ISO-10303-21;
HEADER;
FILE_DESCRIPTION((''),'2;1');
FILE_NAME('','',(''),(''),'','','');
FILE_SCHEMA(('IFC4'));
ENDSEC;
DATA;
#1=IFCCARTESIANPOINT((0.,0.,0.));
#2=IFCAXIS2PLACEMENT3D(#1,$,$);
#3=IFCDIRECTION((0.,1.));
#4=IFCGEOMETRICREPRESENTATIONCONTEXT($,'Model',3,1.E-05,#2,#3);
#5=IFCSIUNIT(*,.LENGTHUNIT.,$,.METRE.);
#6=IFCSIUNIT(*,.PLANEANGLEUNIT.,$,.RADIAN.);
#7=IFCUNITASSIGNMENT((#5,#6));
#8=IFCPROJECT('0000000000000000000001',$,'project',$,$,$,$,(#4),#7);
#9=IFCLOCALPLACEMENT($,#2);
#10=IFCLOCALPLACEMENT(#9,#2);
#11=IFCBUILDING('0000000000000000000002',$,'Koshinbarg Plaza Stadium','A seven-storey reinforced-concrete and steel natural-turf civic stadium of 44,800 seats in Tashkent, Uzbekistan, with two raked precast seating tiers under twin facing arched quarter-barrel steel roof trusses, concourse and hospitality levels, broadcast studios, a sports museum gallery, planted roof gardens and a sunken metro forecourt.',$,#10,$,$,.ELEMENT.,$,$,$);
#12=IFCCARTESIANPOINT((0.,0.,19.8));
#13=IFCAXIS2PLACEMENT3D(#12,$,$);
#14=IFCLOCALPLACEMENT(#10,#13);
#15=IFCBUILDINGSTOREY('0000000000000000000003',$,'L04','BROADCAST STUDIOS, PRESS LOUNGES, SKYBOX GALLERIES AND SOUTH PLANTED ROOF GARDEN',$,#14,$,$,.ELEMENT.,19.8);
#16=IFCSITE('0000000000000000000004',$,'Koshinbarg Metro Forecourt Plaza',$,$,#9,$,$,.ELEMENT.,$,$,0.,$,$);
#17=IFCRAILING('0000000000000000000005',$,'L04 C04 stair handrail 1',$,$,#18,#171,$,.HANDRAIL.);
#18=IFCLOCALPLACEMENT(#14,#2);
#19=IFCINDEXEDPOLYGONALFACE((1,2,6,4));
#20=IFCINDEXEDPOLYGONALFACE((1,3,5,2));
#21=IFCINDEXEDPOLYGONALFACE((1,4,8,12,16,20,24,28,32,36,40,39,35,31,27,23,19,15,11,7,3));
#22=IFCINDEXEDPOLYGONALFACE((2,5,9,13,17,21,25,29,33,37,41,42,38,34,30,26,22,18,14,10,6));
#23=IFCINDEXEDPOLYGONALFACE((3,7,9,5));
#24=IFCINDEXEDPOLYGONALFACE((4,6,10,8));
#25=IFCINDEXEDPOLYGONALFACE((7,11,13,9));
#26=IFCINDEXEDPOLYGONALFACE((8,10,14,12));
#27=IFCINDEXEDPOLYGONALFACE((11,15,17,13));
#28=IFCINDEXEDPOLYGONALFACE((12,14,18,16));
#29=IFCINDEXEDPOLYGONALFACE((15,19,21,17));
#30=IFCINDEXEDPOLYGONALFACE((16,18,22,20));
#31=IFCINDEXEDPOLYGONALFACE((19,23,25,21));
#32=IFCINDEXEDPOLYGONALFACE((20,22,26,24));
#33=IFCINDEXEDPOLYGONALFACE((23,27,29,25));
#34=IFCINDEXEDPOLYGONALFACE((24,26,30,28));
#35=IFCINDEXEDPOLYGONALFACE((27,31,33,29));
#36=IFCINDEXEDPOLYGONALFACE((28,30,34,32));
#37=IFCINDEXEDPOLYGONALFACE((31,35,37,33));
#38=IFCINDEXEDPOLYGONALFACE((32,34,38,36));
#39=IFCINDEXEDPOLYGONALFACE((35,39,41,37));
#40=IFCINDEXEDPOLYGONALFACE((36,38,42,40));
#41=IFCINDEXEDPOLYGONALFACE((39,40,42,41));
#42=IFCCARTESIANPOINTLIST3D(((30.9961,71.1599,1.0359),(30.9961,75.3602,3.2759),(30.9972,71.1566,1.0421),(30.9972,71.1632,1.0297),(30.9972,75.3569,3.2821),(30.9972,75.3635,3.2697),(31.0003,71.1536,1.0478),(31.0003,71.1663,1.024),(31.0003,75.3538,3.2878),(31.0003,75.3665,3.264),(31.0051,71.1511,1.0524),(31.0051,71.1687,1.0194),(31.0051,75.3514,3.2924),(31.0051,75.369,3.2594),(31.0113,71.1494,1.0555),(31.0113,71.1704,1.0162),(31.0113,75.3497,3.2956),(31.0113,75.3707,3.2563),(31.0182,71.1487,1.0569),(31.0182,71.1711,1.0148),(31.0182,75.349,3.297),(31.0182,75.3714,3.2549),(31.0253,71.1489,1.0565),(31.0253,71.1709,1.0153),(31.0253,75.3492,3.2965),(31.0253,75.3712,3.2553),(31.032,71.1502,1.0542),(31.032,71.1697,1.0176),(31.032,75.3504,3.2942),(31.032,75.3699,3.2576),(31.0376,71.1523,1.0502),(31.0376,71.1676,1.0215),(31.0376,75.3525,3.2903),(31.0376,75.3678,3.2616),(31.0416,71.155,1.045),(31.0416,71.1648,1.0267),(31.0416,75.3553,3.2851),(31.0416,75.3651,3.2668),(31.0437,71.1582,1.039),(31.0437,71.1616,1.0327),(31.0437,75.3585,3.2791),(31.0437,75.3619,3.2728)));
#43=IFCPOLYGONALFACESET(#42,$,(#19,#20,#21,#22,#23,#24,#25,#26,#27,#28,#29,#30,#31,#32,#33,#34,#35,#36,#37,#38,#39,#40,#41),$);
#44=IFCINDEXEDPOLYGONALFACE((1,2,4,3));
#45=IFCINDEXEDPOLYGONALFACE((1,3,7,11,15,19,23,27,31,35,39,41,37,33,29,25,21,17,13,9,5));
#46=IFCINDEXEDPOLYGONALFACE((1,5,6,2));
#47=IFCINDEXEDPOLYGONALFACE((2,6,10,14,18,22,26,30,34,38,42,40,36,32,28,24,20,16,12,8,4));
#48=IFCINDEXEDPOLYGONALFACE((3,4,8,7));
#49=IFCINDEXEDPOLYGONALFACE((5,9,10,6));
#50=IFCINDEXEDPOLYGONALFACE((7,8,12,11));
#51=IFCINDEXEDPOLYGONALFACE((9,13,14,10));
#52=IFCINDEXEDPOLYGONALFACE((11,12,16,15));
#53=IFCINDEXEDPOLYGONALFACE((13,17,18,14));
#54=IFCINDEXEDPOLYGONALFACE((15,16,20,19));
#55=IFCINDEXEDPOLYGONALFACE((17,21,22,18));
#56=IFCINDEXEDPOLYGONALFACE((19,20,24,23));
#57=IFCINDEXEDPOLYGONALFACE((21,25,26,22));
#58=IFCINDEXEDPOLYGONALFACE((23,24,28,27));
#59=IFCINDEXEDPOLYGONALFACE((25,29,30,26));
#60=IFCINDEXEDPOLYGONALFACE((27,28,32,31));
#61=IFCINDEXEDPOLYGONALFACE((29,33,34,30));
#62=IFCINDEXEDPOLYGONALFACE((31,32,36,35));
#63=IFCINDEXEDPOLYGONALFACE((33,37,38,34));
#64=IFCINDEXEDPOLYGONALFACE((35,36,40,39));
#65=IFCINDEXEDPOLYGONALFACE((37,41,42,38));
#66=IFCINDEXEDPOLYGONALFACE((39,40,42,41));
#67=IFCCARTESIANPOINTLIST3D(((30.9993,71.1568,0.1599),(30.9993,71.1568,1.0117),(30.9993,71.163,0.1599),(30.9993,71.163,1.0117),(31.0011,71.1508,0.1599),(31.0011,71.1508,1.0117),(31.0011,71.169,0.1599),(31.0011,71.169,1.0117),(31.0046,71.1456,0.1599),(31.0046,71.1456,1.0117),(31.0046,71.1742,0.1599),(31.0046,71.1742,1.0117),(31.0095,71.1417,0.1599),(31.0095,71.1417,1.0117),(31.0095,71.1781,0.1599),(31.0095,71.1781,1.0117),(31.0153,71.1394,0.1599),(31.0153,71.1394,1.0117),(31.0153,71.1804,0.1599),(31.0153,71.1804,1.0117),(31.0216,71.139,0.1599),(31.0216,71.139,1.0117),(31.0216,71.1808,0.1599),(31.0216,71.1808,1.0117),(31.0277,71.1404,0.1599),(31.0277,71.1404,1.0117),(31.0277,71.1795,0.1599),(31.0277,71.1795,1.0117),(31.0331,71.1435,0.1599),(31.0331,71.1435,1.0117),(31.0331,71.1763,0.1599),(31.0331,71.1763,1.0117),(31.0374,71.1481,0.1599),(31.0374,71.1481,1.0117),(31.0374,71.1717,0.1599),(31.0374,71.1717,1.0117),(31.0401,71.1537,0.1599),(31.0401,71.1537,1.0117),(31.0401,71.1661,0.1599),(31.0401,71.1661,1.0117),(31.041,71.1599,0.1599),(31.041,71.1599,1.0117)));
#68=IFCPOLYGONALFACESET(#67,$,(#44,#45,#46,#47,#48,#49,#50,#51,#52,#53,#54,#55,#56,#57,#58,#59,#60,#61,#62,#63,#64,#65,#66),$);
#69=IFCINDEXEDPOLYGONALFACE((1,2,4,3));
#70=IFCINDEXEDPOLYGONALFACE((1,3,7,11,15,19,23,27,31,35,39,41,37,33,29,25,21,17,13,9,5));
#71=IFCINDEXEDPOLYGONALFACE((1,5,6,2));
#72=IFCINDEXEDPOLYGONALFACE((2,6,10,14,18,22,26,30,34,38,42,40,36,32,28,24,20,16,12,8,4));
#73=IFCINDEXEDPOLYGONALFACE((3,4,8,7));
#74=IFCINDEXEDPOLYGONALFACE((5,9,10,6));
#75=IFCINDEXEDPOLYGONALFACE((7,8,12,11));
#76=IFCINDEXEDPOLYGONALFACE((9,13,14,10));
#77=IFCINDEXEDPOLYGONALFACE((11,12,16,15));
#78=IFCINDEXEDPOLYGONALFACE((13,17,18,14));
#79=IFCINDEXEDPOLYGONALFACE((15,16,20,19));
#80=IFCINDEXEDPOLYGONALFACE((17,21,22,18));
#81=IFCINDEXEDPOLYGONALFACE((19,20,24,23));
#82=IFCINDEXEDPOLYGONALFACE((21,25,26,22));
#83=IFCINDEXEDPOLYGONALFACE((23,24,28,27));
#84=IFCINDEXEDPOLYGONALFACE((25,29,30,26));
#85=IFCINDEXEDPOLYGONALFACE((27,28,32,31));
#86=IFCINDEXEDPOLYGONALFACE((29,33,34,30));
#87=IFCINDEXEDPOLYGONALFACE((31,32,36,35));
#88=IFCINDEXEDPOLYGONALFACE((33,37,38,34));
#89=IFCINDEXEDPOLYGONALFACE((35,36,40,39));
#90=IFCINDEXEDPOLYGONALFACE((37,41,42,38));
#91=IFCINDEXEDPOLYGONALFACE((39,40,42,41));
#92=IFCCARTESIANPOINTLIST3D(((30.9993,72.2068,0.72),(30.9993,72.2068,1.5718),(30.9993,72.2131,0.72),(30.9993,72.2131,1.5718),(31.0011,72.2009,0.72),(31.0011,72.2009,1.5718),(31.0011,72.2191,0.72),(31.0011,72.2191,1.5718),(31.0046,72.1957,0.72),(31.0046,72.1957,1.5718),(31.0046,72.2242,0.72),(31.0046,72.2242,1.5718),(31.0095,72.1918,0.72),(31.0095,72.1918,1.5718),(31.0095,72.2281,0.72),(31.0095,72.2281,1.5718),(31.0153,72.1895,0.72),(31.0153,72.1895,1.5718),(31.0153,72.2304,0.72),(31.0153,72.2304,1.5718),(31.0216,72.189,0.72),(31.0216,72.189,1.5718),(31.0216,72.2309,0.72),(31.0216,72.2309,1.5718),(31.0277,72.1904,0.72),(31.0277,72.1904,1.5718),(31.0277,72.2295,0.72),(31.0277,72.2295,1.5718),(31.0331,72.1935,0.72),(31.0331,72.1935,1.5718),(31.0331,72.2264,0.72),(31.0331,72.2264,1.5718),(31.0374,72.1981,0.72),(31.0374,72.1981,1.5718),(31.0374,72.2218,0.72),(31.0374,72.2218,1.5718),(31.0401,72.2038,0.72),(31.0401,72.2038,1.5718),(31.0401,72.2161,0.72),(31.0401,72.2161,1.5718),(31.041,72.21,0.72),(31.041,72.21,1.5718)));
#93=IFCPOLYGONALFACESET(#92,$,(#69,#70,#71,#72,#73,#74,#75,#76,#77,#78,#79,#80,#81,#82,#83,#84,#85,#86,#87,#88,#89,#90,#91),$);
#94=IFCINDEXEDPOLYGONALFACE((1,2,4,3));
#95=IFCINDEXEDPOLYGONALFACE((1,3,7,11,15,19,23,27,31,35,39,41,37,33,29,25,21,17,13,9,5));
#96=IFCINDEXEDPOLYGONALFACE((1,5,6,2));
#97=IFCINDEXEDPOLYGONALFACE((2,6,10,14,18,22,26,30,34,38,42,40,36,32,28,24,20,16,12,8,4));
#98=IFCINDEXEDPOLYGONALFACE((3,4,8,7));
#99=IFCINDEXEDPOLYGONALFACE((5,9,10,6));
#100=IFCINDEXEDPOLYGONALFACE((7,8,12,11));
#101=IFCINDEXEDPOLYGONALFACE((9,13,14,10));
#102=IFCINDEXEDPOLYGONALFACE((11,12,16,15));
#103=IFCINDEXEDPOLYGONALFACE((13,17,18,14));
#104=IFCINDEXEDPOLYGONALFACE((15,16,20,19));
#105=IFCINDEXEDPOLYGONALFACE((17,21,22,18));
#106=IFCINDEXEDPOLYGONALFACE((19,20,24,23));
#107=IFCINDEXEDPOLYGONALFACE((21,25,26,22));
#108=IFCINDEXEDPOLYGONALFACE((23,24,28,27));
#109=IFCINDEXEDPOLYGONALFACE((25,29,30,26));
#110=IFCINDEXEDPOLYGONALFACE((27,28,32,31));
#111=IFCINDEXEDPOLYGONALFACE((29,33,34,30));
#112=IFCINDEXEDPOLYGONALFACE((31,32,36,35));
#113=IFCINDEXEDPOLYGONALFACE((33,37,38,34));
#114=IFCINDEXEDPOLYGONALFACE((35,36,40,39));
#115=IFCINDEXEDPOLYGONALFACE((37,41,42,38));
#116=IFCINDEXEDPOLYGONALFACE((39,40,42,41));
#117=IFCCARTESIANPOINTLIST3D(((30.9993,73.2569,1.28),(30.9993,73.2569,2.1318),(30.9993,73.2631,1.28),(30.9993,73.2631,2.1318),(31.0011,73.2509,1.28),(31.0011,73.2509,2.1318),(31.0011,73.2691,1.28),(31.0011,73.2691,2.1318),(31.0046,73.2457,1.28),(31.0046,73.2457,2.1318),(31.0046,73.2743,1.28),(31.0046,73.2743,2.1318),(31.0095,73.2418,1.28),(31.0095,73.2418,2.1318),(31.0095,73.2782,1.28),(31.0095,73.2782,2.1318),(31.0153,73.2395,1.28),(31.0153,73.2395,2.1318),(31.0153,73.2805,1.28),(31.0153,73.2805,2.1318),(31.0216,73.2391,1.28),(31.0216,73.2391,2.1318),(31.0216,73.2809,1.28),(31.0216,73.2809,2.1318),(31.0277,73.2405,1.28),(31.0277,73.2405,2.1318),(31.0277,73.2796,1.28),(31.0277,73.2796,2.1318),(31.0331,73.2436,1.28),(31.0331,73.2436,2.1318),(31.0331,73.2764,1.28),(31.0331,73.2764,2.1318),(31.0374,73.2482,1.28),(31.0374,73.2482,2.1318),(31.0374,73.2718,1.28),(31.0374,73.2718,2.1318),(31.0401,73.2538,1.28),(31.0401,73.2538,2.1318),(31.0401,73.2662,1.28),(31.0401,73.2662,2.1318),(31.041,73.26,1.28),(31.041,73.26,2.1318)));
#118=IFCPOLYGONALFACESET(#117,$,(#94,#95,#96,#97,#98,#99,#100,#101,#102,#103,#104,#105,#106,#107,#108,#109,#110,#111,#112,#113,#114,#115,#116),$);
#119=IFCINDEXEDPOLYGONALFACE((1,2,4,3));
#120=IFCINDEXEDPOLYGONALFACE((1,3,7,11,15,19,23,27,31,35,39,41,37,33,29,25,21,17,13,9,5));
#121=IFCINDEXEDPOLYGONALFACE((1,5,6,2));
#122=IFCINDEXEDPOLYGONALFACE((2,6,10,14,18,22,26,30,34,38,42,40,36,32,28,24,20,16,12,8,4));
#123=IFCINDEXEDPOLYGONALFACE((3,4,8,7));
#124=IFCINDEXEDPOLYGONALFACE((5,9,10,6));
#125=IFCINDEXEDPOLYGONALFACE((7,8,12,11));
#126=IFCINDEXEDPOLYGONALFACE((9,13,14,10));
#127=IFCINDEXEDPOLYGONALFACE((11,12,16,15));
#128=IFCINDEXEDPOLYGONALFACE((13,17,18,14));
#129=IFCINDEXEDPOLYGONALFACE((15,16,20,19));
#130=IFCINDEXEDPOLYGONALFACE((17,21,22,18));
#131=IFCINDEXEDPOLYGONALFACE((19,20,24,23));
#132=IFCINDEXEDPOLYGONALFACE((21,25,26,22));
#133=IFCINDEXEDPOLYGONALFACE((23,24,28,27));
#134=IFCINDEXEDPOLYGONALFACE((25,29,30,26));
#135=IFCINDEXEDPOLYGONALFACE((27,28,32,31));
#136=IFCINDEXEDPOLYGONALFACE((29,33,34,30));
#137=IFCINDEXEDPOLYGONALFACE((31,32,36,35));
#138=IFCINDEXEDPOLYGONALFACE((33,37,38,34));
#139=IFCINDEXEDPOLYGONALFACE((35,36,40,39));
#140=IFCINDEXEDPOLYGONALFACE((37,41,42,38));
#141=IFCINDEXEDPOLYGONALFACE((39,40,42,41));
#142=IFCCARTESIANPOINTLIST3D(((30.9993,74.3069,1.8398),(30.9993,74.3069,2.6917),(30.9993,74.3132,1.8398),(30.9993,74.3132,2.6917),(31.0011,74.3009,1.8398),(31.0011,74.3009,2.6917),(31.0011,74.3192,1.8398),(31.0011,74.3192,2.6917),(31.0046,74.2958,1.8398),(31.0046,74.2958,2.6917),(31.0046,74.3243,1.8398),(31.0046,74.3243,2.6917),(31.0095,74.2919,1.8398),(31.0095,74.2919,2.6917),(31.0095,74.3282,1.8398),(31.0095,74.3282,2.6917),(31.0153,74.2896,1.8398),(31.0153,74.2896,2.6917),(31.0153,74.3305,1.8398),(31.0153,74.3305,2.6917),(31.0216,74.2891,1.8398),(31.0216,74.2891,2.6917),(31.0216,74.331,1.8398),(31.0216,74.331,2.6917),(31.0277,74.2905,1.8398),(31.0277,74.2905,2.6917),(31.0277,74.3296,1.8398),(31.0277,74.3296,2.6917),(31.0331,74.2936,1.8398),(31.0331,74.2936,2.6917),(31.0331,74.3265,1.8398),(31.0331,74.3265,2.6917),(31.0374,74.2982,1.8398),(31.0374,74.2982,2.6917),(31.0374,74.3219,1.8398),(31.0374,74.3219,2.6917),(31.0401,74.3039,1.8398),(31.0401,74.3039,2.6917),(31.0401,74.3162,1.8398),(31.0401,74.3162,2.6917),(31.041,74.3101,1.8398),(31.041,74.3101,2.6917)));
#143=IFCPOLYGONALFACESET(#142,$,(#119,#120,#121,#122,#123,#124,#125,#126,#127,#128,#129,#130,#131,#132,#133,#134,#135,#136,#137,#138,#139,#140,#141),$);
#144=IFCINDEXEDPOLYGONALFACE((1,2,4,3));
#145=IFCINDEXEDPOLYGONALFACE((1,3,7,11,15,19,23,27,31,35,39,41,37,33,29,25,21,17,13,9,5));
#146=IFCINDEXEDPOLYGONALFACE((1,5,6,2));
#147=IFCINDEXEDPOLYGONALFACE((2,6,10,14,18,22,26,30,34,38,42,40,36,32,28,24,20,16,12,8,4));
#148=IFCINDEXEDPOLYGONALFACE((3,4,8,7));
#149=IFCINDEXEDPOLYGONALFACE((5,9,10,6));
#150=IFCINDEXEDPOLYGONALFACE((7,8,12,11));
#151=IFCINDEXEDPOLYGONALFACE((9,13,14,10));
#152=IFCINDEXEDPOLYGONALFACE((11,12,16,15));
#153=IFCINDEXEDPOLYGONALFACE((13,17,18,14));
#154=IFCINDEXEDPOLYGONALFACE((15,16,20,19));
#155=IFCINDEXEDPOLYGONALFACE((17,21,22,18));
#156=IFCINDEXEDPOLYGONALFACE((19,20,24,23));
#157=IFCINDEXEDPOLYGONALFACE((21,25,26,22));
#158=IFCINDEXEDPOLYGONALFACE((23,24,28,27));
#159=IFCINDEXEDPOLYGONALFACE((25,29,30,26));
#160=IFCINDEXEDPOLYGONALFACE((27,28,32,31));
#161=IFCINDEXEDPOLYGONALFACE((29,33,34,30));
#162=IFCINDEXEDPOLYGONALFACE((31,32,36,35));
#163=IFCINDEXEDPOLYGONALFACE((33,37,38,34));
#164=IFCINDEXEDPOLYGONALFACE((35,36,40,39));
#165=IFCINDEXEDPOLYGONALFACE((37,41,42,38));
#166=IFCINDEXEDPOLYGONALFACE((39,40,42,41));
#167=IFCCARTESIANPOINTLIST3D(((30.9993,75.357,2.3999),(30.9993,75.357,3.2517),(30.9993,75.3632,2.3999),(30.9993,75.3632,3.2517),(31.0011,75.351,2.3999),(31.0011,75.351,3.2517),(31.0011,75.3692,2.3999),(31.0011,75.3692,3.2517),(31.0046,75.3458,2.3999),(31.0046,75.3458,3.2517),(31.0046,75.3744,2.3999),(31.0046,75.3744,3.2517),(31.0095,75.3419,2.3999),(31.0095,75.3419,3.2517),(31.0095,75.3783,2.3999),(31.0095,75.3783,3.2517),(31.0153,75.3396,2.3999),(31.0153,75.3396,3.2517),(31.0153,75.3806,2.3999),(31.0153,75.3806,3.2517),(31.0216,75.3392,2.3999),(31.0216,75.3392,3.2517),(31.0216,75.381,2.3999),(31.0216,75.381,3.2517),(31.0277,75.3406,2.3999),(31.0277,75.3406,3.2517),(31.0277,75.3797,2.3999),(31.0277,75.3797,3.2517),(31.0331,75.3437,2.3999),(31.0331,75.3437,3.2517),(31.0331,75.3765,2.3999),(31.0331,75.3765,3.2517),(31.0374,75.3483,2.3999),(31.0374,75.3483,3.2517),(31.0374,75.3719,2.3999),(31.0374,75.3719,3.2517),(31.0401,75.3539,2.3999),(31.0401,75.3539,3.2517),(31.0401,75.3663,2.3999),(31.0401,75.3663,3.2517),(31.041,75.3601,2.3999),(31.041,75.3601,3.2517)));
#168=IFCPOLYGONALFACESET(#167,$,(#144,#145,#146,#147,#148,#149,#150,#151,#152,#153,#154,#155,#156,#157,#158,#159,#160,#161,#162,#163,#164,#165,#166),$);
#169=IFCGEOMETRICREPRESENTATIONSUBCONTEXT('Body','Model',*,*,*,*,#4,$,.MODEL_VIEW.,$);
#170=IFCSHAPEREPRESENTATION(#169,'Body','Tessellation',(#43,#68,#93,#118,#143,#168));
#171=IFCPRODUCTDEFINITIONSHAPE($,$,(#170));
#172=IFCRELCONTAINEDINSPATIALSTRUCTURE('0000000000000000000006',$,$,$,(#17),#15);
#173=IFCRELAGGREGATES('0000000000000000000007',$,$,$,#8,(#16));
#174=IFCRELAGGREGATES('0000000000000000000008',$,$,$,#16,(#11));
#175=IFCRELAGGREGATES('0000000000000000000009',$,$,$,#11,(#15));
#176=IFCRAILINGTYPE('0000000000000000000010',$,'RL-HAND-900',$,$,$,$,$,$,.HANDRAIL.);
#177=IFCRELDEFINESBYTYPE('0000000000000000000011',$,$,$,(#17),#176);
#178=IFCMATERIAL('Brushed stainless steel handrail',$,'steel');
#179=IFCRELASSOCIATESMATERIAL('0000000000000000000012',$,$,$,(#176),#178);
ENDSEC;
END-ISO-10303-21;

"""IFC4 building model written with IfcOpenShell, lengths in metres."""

from ifc_helpers import new_model, si_unit, direction, frame, origin, origin_2d, place, context, subcontext, project, spatial, circle, extrude, material, type_object, element, save


model = new_model("IFC4")

# Units and contexts
model_context = context("Model", 3, precision=1e-05, world=origin(), true_north=direction((0.0, 1.0)))
body_context = subcontext(model_context, "Body", "Model", "MODEL_VIEW")
ifc_project = project(units=[si_unit("LENGTHUNIT", "METRE"), si_unit("PLANEANGLEUNIT", "RADIAN")], contexts=[model_context])

# Site, building, storey
site_placement = place(None, origin())
site = spatial("IfcSite", under=ifc_project, at=site_placement, Name="Koshinbarg Metro Forecourt Plaza", CompositionType="ELEMENT", RefElevation=0.0)
building_placement = place(site_placement, origin())
building = spatial("IfcBuilding", under=site, at=building_placement, Name="Koshinbarg Plaza Stadium", Description="A seven-storey reinforced-concrete and steel natural-turf civic stadium of 44,800 seats in Tashkent, Uzbekistan, with two raked precast seating tiers under twin facing arched quarter-barrel steel roof trusses, concourse and hospitality levels, broadcast studios, a sports museum gallery, planted roof gardens and a sunken metro forecourt.", CompositionType="ELEMENT")
storey_placement = place(building_placement, frame((0.0, 0.0, 19.8)))
storey = spatial("IfcBuildingStorey", under=building, at=storey_placement, Name="L04", Description="BROADCAST STUDIOS, PRESS LOUNGES, SKYBOX GALLERIES AND SOUTH PLANTED ROOF GARDEN", CompositionType="ELEMENT", Elevation=19.8)

# Railing
ifc_material_1 = material(Name="Brushed stainless steel handrail", Category="steel")
railing_type_1 = type_object("IfcRailingType", Name="RL-HAND-900", PredefinedType="HANDRAIL", material=ifc_material_1)
railing_1_placement = place(storey_placement, frame((31.02, 71.1599, 0.1599)))
element("IfcRailing", 1, at=railing_1_placement, inside=storey, type_object=railing_type_1, Name="L04 C04 stair handrail 1", PredefinedType="HANDRAIL", context=body_context, shape_type="SweptSolid", body=[
    extrude(circle(Radius=0.0239, at=origin_2d()), frame((0.0, 0.0, 0.876), z_axis=(0.0, 0.882363, 0.47057), x_axis=(-1.0, 0.0, 0.0)), (0.0, 0.0, 1.0), 4.7603),
    extrude(circle(Radius=0.021, at=origin_2d()), origin(), (0.0, 0.0, 1.0), 0.8518),
    extrude(circle(Radius=0.021, at=origin_2d()), frame((0.0, 1.05, 0.5601)), (0.0, 0.0, 1.0), 0.8518),
    extrude(circle(Radius=0.021, at=origin_2d()), frame((0.0, 2.1001, 1.1201)), (0.0, 0.0, 1.0), 0.8518),
    extrude(circle(Radius=0.021, at=origin_2d()), frame((0.0, 3.1501, 1.6799)), (0.0, 0.0, 1.0), 0.8518),
    extrude(circle(Radius=0.021, at=origin_2d()), frame((0.0, 4.2002, 2.24)), (0.0, 0.0, 1.0), 0.8518),
])

save(model, "model.ifc")
